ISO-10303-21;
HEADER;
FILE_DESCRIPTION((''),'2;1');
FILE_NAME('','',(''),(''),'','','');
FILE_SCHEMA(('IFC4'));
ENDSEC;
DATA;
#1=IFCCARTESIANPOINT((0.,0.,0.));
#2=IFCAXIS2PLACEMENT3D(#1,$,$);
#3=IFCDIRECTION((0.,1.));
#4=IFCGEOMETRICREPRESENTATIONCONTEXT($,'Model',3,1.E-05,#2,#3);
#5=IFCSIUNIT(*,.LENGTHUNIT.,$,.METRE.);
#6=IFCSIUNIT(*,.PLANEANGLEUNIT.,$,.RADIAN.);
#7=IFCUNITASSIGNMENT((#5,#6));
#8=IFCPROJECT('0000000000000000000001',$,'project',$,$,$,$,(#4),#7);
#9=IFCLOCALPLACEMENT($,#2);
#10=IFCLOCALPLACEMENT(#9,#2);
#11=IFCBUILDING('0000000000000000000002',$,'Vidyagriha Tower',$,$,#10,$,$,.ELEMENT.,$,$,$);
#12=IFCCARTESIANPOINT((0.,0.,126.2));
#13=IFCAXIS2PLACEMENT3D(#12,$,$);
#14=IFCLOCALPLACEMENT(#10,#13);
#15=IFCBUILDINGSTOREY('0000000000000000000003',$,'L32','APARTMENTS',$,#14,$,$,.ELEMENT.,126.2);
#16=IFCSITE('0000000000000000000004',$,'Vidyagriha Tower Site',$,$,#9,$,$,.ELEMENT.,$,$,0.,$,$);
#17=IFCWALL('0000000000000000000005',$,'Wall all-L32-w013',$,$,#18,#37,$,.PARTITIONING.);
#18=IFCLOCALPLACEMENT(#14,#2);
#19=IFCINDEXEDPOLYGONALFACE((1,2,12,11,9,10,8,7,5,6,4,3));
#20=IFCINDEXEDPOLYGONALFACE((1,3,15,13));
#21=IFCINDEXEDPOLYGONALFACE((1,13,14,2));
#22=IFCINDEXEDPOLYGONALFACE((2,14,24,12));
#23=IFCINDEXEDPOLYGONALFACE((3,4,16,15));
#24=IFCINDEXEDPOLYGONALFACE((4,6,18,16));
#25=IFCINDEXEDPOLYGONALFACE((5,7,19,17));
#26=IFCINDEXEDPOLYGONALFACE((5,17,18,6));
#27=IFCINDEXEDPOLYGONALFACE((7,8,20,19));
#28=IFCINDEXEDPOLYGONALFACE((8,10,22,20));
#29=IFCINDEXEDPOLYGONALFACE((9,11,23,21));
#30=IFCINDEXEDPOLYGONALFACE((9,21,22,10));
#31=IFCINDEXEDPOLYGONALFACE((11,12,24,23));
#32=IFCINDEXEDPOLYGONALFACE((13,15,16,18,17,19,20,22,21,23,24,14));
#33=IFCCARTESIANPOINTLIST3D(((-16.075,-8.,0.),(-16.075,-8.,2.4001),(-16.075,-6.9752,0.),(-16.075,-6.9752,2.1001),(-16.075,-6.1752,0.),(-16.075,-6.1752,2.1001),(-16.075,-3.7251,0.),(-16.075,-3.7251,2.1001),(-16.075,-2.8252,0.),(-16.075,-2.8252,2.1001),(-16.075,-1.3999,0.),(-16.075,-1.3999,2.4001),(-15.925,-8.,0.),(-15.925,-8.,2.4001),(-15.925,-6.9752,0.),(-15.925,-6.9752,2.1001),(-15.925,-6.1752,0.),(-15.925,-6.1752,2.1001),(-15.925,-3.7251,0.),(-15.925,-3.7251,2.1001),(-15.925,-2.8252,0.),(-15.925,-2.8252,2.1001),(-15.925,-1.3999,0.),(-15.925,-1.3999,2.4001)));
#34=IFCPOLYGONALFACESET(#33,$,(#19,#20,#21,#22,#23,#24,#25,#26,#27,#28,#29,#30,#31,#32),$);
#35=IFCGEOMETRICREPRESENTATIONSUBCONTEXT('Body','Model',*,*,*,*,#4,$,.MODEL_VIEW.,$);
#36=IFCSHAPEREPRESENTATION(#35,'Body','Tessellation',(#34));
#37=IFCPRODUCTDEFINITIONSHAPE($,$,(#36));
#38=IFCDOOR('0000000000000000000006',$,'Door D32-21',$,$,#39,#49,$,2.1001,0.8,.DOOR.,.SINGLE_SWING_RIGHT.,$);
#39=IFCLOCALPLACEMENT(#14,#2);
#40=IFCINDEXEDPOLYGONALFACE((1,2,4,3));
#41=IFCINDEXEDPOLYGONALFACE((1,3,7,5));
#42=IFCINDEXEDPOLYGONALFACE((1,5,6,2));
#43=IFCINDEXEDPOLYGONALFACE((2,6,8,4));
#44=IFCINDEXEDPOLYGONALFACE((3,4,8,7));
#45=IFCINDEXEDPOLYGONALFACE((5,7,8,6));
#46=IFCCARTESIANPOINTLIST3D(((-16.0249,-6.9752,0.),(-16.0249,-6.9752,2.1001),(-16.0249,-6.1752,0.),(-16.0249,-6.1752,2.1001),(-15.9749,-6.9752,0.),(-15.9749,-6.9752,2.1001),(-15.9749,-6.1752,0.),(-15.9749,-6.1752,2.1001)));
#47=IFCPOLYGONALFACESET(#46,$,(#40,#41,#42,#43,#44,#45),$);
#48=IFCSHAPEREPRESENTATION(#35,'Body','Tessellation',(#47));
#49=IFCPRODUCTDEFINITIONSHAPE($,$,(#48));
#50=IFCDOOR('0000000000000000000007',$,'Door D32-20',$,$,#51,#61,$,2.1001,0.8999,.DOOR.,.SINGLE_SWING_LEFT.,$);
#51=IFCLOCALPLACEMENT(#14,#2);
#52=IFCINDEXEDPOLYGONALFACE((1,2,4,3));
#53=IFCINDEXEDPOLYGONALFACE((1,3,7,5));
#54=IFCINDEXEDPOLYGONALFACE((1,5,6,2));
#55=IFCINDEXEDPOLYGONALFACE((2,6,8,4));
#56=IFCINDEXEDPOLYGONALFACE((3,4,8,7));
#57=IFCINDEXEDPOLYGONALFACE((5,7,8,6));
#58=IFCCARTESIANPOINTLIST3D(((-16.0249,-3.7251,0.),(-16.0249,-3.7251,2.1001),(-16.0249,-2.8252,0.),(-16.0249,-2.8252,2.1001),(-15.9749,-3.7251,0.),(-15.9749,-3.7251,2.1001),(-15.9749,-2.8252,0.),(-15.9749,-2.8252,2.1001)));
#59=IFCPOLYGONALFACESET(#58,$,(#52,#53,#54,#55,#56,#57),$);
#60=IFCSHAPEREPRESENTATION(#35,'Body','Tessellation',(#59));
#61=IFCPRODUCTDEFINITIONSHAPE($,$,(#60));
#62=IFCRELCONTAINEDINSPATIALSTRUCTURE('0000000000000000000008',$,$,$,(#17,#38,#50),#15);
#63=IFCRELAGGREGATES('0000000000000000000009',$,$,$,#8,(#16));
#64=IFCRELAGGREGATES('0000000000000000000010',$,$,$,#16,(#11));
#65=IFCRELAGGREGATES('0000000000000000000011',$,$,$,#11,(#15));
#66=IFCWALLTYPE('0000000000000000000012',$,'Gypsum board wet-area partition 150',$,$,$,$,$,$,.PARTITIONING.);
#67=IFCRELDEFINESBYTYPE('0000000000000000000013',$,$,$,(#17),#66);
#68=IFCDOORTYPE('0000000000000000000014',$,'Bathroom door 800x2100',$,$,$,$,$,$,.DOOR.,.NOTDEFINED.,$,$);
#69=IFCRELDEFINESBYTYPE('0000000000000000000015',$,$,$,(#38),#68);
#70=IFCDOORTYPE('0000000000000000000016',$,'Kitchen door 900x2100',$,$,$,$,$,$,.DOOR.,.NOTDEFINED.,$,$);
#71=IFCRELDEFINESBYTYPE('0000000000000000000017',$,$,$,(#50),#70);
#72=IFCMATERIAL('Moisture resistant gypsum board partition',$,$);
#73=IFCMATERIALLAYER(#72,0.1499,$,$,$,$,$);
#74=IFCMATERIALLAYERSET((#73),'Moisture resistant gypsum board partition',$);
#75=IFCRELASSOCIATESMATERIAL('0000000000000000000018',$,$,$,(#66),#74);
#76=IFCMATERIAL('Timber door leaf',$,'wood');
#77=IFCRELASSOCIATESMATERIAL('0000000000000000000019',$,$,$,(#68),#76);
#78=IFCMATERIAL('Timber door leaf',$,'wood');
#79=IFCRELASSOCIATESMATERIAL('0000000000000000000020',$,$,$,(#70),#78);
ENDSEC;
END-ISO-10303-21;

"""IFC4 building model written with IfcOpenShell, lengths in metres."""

from ifc_helpers import new_model, si_unit, direction, frame, frame_2d, origin, place, context, subcontext, project, spatial, rectangle, extrude, material, layer, layer_set, type_object, element, fill, save


model = new_model("IFC4")

# Units and contexts
model_context = context("Model", 3, precision=1e-05, world=origin(), true_north=direction((0.0, 1.0)))
body_context = subcontext(model_context, "Body", "Model", "MODEL_VIEW")
ifc_project = project(units=[si_unit("LENGTHUNIT", "METRE"), si_unit("PLANEANGLEUNIT", "RADIAN")], contexts=[model_context])

# Site, building, storey
site_placement = place(None, origin())
site = spatial("IfcSite", under=ifc_project, at=site_placement, Name="Vidyagriha Tower Site", CompositionType="ELEMENT", RefElevation=0.0)
building_placement = place(site_placement, origin())
building = spatial("IfcBuilding", under=site, at=building_placement, Name="Vidyagriha Tower", CompositionType="ELEMENT")
storey_placement = place(building_placement, frame((0.0, 0.0, 126.2)))
storey = spatial("IfcBuildingStorey", under=building, at=storey_placement, Name="L32", Description="APARTMENTS", CompositionType="ELEMENT", Elevation=126.2)

# Wall, openings, doors
ifc_material_1 = material(Name="Moisture resistant gypsum board partition")
ifc_layer_1 = layer(ifc_material_1, 0.1499)
ifc_layer_set_1 = layer_set([ifc_layer_1], Name="Moisture resistant gypsum board partition")
wall_type_1 = type_object("IfcWallType", Name="Gypsum board wet-area partition 150", PredefinedType="PARTITIONING", material=ifc_layer_set_1)
wall_1_placement = place(storey_placement, frame((-16.0, -8.0, 0.0), z_axis=(0.0, 0.0, 1.0), x_axis=(0.0, 1.0, 0.0)))
wall_1 = element("IfcWall", 1, at=wall_1_placement, inside=storey, type_object=wall_type_1, Name="Wall all-L32-w013", PredefinedType="PARTITIONING", context=body_context, shape_type="SweptSolid", body=[
    extrude(rectangle(XDim=6.6001, YDim=0.1499, at=frame_2d((3.3, 0.0))), origin(), (0.0, 0.0, 1.0), 2.4001),
])
opening_1_placement = place(wall_1_placement, frame((4.2749, 0.0, 0.0)))
opening_1 = element("IfcOpeningElement", 2, at=opening_1_placement, cuts=wall_1, PredefinedType="OPENING", context=body_context, shape_type="SweptSolid", body=[
    extrude(rectangle(XDim=0.8999, YDim=2.1001, at=frame_2d((0.45, 1.05))), frame((0.0, 0.085, 0.0), z_axis=(0.0, -1.0, 0.0), x_axis=(1.0, 0.0, 0.0)), (0.0, 0.0, 1.0), 0.1699),
])
opening_2_placement = place(wall_1_placement, frame((1.0249, 0.0, 0.0)))
opening_2 = element("IfcOpeningElement", 3, at=opening_2_placement, cuts=wall_1, PredefinedType="OPENING", context=body_context, shape_type="SweptSolid", body=[
    extrude(rectangle(XDim=0.8, YDim=2.1001, at=frame_2d((0.3999, 1.05))), frame((0.0, 0.085, 0.0), z_axis=(0.0, -1.0, 0.0), x_axis=(1.0, 0.0, 0.0)), (0.0, 0.0, 1.0), 0.1699),
])
ifc_material_2 = material(Name="Timber door leaf", Category="wood")
door_type_1 = type_object("IfcDoorType", Name="Bathroom door 800x2100", OperationType="NOTDEFINED", PredefinedType="DOOR", material=ifc_material_2)
door_1_placement = place(opening_2_placement, origin())
door_1 = element("IfcDoor", 4, at=door_1_placement, inside=storey, type_object=door_type_1, Name="Door D32-21", OperationType="SINGLE_SWING_RIGHT", OverallHeight=2.1001, OverallWidth=0.8, PredefinedType="DOOR", context=body_context, shape_type="SweptSolid", body=[
    extrude(rectangle(XDim=0.8, YDim=2.1001, at=frame_2d((0.3999, 1.05))), frame((0.0, 0.0249, 0.0), z_axis=(0.0, -1.0, 0.0), x_axis=(1.0, 0.0, 0.0)), (0.0, 0.0, 1.0), 0.05),
])
fill(opening_2, door_1)
ifc_material_3 = material(Name="Timber door leaf", Category="wood")
door_type_2 = type_object("IfcDoorType", Name="Kitchen door 900x2100", OperationType="NOTDEFINED", PredefinedType="DOOR", material=ifc_material_3)
door_2_placement = place(opening_1_placement, origin())
door_2 = element("IfcDoor", 5, at=door_2_placement, inside=storey, type_object=door_type_2, Name="Door D32-20", OperationType="SINGLE_SWING_LEFT", OverallHeight=2.1001, OverallWidth=0.8999, PredefinedType="DOOR", context=body_context, shape_type="SweptSolid", body=[
    extrude(rectangle(XDim=0.8999, YDim=2.1001, at=frame_2d((0.45, 1.05))), frame((0.0, 0.0249, 0.0), z_axis=(0.0, -1.0, 0.0), x_axis=(1.0, 0.0, 0.0)), (0.0, 0.0, 1.0), 0.05),
])
fill(opening_1, door_2)

save(model, "model.ifc")
